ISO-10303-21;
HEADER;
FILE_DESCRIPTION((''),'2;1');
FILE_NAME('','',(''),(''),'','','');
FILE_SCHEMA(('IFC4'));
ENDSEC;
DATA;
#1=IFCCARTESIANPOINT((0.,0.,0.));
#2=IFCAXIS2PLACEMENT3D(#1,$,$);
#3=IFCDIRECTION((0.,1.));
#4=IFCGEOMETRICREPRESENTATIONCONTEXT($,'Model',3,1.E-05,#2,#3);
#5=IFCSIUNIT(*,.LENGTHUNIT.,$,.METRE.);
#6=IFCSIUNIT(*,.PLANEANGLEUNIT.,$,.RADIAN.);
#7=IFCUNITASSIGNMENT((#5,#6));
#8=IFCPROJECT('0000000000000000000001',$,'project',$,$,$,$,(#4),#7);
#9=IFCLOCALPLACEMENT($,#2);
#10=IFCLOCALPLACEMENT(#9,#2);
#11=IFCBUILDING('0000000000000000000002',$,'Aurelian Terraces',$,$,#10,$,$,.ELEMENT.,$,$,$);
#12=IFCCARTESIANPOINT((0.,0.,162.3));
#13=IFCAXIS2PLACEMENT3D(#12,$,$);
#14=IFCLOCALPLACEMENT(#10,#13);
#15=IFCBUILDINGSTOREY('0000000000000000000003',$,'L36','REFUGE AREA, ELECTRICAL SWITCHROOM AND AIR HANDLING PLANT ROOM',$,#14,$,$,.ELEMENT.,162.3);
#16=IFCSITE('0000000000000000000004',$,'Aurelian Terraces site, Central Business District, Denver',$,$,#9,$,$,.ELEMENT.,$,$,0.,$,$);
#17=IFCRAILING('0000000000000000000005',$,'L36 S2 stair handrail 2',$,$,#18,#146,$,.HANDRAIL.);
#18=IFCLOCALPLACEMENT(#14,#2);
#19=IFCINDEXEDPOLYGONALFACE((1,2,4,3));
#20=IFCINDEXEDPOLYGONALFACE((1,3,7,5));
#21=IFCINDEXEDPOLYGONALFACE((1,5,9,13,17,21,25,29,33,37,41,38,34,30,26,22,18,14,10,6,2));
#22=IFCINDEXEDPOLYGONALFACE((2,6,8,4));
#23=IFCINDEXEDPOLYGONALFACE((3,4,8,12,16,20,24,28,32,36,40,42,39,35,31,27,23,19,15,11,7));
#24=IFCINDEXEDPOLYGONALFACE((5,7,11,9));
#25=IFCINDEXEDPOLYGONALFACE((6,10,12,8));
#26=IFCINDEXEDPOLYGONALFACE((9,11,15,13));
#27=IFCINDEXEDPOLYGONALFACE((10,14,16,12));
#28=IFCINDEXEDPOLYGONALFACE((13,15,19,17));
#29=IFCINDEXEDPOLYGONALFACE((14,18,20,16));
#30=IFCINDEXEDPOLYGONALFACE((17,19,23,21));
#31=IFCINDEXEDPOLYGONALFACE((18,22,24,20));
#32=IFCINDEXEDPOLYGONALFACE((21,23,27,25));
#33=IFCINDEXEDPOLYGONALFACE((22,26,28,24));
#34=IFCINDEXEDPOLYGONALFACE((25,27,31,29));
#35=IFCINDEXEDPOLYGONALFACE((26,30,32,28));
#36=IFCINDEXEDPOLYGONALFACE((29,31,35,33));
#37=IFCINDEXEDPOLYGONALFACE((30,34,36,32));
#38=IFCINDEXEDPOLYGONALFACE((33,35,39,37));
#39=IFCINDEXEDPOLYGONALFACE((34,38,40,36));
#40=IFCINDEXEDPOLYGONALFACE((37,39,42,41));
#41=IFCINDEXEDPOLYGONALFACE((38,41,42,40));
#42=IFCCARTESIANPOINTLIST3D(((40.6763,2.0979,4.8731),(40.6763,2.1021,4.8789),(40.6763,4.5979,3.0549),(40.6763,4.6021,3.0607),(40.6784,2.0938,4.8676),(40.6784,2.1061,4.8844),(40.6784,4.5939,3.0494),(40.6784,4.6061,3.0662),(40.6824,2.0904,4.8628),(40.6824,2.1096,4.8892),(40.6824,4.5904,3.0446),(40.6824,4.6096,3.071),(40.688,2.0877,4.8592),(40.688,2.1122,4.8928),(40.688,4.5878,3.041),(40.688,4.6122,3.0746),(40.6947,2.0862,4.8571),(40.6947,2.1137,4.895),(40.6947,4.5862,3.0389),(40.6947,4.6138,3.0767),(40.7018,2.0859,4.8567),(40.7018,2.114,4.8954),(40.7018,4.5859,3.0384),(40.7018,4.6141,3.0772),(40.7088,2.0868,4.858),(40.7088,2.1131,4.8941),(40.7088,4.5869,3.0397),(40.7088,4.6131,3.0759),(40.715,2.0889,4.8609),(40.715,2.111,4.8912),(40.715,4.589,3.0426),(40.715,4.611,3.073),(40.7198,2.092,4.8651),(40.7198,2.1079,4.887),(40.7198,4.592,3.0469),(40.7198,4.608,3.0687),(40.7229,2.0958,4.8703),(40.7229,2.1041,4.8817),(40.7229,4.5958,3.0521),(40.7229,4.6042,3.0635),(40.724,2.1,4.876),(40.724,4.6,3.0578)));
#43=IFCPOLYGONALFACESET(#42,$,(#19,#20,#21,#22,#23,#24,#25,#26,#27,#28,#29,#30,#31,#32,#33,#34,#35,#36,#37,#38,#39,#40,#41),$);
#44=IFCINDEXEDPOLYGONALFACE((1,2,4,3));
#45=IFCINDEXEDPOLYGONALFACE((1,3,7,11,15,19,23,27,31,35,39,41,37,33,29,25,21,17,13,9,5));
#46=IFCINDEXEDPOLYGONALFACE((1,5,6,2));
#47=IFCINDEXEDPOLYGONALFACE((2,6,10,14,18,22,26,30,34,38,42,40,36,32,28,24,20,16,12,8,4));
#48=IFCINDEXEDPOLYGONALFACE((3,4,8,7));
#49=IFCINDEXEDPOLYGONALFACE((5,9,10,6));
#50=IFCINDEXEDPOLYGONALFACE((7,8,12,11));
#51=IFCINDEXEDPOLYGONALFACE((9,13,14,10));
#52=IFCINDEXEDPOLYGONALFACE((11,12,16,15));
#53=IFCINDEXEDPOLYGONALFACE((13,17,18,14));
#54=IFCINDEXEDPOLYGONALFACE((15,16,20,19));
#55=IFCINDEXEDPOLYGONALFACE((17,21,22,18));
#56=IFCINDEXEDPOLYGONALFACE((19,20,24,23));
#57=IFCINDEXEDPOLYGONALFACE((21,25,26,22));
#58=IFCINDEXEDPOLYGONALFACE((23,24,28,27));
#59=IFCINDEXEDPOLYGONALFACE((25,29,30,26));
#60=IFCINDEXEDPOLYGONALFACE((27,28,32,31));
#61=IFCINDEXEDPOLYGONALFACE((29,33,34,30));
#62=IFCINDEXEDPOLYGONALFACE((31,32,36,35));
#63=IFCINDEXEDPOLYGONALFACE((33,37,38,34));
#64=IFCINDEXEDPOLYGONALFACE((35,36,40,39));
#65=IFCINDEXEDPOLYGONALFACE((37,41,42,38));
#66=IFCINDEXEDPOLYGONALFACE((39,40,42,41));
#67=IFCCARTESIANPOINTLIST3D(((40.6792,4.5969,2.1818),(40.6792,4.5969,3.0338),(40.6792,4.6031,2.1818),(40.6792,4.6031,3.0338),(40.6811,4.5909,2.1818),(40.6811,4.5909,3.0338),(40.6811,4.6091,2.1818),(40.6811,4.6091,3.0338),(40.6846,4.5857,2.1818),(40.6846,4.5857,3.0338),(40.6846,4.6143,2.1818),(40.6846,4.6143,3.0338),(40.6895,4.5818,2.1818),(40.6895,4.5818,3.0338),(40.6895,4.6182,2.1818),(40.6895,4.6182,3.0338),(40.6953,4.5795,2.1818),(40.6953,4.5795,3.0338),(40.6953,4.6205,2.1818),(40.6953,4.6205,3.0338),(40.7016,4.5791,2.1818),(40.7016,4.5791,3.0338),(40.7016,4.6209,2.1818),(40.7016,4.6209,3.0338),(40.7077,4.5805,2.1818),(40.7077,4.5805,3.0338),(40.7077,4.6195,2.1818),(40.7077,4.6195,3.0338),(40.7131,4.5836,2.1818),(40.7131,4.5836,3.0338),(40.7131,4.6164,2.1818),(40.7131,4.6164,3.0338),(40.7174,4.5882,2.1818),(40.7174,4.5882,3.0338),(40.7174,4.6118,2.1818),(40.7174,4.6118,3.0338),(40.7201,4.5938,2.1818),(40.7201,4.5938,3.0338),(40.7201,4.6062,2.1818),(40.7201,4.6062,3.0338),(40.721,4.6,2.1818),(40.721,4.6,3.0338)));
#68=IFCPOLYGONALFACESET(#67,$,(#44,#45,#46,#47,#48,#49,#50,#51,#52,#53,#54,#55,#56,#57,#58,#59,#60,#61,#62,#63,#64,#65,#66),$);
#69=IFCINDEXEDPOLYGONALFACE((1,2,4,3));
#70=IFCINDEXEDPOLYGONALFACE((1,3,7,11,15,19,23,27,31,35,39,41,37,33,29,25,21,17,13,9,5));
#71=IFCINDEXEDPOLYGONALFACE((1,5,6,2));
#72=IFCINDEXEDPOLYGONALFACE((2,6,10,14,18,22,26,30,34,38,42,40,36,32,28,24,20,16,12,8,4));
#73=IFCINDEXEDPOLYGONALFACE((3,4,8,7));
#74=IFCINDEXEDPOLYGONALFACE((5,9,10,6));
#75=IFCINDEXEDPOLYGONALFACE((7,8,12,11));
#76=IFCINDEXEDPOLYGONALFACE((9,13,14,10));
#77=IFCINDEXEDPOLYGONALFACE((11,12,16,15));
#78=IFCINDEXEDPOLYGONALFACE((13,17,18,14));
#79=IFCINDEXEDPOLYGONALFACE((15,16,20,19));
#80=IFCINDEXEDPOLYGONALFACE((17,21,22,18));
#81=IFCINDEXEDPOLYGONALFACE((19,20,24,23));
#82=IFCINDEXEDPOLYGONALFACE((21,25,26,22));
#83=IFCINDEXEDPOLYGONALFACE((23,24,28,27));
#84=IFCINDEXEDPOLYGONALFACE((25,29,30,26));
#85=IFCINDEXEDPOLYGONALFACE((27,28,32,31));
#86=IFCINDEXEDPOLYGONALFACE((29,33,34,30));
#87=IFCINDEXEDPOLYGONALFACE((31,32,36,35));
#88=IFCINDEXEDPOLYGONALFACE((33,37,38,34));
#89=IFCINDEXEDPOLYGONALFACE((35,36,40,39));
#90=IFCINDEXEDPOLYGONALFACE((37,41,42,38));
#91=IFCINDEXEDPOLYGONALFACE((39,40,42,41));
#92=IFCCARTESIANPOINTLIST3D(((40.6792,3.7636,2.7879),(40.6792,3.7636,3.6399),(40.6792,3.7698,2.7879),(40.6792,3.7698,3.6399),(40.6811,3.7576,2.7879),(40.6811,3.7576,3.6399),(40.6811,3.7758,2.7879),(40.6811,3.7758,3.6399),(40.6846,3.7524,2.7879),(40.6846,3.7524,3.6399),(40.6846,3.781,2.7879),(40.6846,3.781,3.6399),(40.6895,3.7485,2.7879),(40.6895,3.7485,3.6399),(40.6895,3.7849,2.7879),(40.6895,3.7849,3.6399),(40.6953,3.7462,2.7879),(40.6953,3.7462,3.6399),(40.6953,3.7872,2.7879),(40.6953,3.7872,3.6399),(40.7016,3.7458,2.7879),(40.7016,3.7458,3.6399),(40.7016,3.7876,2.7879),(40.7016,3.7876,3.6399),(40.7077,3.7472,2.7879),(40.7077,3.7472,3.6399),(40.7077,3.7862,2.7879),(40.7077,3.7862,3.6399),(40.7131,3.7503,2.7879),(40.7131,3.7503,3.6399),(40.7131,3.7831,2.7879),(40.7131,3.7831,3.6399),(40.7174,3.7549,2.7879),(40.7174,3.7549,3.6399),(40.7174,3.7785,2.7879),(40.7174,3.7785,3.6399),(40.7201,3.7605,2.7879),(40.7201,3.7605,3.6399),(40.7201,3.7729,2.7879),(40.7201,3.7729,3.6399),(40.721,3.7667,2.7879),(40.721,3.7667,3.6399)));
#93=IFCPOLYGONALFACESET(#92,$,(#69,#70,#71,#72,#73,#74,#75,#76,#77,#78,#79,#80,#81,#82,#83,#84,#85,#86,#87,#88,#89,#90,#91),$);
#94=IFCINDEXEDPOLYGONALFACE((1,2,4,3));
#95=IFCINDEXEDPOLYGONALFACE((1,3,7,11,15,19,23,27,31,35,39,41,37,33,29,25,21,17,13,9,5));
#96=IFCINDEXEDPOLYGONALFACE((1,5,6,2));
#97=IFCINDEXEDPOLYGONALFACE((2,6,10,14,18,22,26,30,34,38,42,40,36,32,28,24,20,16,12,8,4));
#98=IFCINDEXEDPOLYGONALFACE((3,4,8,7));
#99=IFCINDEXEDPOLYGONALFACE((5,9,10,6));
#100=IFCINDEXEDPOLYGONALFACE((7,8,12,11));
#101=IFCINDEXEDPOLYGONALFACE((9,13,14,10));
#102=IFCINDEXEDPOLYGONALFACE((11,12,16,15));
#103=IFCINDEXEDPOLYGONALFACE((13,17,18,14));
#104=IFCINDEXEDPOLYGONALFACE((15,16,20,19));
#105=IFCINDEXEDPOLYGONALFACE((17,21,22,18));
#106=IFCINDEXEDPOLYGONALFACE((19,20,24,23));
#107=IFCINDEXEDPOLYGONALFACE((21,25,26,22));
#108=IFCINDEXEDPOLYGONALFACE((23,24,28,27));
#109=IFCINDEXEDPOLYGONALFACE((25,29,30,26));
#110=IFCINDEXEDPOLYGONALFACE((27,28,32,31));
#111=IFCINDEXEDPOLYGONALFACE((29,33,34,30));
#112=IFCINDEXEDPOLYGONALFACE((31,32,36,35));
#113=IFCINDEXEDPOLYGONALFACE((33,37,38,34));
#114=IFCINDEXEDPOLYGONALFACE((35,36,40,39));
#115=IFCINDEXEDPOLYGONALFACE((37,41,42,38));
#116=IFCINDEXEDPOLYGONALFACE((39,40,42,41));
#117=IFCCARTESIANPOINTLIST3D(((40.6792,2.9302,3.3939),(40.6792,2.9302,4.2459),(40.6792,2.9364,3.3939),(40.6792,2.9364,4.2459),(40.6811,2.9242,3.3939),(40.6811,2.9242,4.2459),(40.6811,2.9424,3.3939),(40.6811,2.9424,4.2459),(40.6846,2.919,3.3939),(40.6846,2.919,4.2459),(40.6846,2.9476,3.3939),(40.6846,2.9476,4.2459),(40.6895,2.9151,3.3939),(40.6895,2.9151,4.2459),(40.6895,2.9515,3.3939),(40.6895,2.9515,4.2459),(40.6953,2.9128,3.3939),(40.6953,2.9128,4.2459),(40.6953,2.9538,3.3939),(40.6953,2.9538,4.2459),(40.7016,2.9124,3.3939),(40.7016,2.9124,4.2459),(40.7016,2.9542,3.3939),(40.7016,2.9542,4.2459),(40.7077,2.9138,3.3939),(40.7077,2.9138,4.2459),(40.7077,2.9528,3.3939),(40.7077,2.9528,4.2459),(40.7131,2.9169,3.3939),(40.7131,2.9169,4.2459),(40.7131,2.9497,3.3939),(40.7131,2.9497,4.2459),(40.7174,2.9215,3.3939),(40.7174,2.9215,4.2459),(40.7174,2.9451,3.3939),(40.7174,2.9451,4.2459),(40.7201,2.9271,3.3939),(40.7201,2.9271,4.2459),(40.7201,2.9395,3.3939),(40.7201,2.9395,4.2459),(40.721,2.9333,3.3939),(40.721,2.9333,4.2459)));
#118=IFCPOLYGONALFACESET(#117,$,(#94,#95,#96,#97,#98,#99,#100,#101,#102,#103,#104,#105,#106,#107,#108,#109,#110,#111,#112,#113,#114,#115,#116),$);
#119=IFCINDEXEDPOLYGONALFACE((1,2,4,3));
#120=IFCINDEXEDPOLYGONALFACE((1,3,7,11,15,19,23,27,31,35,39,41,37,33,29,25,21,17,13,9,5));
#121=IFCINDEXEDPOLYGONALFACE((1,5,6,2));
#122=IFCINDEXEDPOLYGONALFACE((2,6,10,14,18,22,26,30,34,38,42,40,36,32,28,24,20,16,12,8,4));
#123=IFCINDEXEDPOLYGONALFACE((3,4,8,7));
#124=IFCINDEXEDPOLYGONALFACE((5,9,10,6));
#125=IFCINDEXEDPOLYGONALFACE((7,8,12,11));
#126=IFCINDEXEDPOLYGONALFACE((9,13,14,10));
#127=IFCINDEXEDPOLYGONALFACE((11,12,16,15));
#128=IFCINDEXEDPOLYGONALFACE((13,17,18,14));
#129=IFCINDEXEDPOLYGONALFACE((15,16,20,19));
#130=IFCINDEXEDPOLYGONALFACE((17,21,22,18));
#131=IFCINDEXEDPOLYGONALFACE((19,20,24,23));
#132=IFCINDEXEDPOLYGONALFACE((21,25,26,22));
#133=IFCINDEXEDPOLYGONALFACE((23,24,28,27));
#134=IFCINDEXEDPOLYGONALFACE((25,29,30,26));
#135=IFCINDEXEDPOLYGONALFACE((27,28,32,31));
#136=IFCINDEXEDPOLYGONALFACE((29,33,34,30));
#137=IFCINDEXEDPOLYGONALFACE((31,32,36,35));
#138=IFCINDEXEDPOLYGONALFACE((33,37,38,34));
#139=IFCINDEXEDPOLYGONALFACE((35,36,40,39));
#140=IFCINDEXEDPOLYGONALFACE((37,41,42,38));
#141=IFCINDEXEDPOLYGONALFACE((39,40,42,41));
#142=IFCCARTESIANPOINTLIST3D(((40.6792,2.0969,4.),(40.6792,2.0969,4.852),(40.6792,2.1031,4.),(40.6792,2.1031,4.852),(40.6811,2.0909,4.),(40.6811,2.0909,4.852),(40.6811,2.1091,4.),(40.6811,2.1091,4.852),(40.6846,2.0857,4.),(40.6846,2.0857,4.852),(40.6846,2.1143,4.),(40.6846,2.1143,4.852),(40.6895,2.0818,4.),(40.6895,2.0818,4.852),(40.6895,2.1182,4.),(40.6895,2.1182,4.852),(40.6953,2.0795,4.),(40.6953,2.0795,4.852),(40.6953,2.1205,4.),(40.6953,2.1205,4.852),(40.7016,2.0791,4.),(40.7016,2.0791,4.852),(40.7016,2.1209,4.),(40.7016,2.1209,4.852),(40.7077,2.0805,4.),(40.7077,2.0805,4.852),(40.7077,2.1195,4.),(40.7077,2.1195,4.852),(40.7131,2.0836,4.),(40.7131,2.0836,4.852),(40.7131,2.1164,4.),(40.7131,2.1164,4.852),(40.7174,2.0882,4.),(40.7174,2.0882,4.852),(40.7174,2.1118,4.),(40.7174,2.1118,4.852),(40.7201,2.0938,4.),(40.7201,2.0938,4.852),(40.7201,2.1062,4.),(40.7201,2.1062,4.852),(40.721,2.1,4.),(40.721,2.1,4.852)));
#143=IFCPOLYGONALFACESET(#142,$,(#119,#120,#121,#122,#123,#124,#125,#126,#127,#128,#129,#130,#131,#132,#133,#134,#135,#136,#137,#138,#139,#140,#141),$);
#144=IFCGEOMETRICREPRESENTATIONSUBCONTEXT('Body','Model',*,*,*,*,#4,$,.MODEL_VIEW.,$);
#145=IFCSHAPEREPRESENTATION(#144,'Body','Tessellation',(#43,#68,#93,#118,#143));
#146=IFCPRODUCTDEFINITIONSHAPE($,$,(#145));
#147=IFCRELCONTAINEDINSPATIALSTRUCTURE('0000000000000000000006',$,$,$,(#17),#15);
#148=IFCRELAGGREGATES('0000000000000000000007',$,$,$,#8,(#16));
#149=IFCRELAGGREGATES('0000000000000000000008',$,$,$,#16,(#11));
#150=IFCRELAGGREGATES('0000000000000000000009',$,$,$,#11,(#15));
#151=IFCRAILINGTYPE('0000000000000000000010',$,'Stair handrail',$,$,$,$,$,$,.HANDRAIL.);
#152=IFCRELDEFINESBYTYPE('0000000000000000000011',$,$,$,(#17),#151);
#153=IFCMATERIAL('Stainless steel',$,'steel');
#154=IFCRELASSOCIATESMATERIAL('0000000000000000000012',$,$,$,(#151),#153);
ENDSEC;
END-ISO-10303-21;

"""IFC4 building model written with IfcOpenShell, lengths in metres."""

from ifc_helpers import new_model, si_unit, direction, frame, origin, origin_2d, place, context, subcontext, project, spatial, circle, extrude, source, transform, mapped, material, type_object, element, save


model = new_model("IFC4")

# Units and contexts
model_context = context("Model", 3, precision=1e-05, world=origin(), true_north=direction((0.0, 1.0)))
body_context = subcontext(model_context, "Body", "Model", "MODEL_VIEW")
ifc_project = project(units=[si_unit("LENGTHUNIT", "METRE"), si_unit("PLANEANGLEUNIT", "RADIAN")], contexts=[model_context])

# Site, building, storey
site_placement = place(None, origin())
site = spatial("IfcSite", under=ifc_project, at=site_placement, Name="Aurelian Terraces site, Central Business District, Denver", CompositionType="ELEMENT", RefElevation=0.0)
building_placement = place(site_placement, origin())
building = spatial("IfcBuilding", under=site, at=building_placement, Name="Aurelian Terraces", CompositionType="ELEMENT")
storey_placement = place(building_placement, frame((0.0, 0.0, 162.3)))
storey = spatial("IfcBuildingStorey", under=building, at=storey_placement, Name="L36", Description="REFUGE AREA, ELECTRICAL SWITCHROOM AND AIR HANDLING PLANT ROOM", CompositionType="ELEMENT", Elevation=162.3)

# Railing
ifc_material_1 = material(Name="Stainless steel", Category="steel")
railing_type_1 = type_object("IfcRailingType", Name="Stair handrail", PredefinedType="HANDRAIL", material=ifc_material_1)
shared_shape_1 = source(origin(), body_context, "Body", "SweptSolid", [
    extrude(circle(Radius=0.024, at=origin_2d()), frame((0.0, 0.0, 0.876), z_axis=(0.0, -0.808733, 0.588176), x_axis=(1.0, 0.0, 0.0)), (0.0, 0.0, 1.0), 3.0913),
    extrude(circle(Radius=0.021, at=origin_2d()), origin(), (0.0, 0.0, 1.0), 0.852),
    extrude(circle(Radius=0.021, at=origin_2d()), frame((0.0, -0.8333, 0.6061)), (0.0, 0.0, 1.0), 0.852),
    extrude(circle(Radius=0.021, at=origin_2d()), frame((0.0, -1.6667, 1.2121)), (0.0, 0.0, 1.0), 0.852),
    extrude(circle(Radius=0.021, at=origin_2d()), frame((0.0, -2.5, 1.8182)), (0.0, 0.0, 1.0), 0.852),
])
for number, where, name in (
    (1, (40.7, 4.6, 2.1818), "L36 S2 stair handrail 2"),
):
    element("IfcRailing", number, at=place(storey_placement, frame(where)), inside=storey, type_object=railing_type_1, Name=name, PredefinedType="HANDRAIL", context=body_context, shape_type="MappedRepresentation", body=[
        mapped(shared_shape_1, transform((0.0, 0.0, 0.0), scale=1.0)),
    ])

save(model, "model.ifc")
